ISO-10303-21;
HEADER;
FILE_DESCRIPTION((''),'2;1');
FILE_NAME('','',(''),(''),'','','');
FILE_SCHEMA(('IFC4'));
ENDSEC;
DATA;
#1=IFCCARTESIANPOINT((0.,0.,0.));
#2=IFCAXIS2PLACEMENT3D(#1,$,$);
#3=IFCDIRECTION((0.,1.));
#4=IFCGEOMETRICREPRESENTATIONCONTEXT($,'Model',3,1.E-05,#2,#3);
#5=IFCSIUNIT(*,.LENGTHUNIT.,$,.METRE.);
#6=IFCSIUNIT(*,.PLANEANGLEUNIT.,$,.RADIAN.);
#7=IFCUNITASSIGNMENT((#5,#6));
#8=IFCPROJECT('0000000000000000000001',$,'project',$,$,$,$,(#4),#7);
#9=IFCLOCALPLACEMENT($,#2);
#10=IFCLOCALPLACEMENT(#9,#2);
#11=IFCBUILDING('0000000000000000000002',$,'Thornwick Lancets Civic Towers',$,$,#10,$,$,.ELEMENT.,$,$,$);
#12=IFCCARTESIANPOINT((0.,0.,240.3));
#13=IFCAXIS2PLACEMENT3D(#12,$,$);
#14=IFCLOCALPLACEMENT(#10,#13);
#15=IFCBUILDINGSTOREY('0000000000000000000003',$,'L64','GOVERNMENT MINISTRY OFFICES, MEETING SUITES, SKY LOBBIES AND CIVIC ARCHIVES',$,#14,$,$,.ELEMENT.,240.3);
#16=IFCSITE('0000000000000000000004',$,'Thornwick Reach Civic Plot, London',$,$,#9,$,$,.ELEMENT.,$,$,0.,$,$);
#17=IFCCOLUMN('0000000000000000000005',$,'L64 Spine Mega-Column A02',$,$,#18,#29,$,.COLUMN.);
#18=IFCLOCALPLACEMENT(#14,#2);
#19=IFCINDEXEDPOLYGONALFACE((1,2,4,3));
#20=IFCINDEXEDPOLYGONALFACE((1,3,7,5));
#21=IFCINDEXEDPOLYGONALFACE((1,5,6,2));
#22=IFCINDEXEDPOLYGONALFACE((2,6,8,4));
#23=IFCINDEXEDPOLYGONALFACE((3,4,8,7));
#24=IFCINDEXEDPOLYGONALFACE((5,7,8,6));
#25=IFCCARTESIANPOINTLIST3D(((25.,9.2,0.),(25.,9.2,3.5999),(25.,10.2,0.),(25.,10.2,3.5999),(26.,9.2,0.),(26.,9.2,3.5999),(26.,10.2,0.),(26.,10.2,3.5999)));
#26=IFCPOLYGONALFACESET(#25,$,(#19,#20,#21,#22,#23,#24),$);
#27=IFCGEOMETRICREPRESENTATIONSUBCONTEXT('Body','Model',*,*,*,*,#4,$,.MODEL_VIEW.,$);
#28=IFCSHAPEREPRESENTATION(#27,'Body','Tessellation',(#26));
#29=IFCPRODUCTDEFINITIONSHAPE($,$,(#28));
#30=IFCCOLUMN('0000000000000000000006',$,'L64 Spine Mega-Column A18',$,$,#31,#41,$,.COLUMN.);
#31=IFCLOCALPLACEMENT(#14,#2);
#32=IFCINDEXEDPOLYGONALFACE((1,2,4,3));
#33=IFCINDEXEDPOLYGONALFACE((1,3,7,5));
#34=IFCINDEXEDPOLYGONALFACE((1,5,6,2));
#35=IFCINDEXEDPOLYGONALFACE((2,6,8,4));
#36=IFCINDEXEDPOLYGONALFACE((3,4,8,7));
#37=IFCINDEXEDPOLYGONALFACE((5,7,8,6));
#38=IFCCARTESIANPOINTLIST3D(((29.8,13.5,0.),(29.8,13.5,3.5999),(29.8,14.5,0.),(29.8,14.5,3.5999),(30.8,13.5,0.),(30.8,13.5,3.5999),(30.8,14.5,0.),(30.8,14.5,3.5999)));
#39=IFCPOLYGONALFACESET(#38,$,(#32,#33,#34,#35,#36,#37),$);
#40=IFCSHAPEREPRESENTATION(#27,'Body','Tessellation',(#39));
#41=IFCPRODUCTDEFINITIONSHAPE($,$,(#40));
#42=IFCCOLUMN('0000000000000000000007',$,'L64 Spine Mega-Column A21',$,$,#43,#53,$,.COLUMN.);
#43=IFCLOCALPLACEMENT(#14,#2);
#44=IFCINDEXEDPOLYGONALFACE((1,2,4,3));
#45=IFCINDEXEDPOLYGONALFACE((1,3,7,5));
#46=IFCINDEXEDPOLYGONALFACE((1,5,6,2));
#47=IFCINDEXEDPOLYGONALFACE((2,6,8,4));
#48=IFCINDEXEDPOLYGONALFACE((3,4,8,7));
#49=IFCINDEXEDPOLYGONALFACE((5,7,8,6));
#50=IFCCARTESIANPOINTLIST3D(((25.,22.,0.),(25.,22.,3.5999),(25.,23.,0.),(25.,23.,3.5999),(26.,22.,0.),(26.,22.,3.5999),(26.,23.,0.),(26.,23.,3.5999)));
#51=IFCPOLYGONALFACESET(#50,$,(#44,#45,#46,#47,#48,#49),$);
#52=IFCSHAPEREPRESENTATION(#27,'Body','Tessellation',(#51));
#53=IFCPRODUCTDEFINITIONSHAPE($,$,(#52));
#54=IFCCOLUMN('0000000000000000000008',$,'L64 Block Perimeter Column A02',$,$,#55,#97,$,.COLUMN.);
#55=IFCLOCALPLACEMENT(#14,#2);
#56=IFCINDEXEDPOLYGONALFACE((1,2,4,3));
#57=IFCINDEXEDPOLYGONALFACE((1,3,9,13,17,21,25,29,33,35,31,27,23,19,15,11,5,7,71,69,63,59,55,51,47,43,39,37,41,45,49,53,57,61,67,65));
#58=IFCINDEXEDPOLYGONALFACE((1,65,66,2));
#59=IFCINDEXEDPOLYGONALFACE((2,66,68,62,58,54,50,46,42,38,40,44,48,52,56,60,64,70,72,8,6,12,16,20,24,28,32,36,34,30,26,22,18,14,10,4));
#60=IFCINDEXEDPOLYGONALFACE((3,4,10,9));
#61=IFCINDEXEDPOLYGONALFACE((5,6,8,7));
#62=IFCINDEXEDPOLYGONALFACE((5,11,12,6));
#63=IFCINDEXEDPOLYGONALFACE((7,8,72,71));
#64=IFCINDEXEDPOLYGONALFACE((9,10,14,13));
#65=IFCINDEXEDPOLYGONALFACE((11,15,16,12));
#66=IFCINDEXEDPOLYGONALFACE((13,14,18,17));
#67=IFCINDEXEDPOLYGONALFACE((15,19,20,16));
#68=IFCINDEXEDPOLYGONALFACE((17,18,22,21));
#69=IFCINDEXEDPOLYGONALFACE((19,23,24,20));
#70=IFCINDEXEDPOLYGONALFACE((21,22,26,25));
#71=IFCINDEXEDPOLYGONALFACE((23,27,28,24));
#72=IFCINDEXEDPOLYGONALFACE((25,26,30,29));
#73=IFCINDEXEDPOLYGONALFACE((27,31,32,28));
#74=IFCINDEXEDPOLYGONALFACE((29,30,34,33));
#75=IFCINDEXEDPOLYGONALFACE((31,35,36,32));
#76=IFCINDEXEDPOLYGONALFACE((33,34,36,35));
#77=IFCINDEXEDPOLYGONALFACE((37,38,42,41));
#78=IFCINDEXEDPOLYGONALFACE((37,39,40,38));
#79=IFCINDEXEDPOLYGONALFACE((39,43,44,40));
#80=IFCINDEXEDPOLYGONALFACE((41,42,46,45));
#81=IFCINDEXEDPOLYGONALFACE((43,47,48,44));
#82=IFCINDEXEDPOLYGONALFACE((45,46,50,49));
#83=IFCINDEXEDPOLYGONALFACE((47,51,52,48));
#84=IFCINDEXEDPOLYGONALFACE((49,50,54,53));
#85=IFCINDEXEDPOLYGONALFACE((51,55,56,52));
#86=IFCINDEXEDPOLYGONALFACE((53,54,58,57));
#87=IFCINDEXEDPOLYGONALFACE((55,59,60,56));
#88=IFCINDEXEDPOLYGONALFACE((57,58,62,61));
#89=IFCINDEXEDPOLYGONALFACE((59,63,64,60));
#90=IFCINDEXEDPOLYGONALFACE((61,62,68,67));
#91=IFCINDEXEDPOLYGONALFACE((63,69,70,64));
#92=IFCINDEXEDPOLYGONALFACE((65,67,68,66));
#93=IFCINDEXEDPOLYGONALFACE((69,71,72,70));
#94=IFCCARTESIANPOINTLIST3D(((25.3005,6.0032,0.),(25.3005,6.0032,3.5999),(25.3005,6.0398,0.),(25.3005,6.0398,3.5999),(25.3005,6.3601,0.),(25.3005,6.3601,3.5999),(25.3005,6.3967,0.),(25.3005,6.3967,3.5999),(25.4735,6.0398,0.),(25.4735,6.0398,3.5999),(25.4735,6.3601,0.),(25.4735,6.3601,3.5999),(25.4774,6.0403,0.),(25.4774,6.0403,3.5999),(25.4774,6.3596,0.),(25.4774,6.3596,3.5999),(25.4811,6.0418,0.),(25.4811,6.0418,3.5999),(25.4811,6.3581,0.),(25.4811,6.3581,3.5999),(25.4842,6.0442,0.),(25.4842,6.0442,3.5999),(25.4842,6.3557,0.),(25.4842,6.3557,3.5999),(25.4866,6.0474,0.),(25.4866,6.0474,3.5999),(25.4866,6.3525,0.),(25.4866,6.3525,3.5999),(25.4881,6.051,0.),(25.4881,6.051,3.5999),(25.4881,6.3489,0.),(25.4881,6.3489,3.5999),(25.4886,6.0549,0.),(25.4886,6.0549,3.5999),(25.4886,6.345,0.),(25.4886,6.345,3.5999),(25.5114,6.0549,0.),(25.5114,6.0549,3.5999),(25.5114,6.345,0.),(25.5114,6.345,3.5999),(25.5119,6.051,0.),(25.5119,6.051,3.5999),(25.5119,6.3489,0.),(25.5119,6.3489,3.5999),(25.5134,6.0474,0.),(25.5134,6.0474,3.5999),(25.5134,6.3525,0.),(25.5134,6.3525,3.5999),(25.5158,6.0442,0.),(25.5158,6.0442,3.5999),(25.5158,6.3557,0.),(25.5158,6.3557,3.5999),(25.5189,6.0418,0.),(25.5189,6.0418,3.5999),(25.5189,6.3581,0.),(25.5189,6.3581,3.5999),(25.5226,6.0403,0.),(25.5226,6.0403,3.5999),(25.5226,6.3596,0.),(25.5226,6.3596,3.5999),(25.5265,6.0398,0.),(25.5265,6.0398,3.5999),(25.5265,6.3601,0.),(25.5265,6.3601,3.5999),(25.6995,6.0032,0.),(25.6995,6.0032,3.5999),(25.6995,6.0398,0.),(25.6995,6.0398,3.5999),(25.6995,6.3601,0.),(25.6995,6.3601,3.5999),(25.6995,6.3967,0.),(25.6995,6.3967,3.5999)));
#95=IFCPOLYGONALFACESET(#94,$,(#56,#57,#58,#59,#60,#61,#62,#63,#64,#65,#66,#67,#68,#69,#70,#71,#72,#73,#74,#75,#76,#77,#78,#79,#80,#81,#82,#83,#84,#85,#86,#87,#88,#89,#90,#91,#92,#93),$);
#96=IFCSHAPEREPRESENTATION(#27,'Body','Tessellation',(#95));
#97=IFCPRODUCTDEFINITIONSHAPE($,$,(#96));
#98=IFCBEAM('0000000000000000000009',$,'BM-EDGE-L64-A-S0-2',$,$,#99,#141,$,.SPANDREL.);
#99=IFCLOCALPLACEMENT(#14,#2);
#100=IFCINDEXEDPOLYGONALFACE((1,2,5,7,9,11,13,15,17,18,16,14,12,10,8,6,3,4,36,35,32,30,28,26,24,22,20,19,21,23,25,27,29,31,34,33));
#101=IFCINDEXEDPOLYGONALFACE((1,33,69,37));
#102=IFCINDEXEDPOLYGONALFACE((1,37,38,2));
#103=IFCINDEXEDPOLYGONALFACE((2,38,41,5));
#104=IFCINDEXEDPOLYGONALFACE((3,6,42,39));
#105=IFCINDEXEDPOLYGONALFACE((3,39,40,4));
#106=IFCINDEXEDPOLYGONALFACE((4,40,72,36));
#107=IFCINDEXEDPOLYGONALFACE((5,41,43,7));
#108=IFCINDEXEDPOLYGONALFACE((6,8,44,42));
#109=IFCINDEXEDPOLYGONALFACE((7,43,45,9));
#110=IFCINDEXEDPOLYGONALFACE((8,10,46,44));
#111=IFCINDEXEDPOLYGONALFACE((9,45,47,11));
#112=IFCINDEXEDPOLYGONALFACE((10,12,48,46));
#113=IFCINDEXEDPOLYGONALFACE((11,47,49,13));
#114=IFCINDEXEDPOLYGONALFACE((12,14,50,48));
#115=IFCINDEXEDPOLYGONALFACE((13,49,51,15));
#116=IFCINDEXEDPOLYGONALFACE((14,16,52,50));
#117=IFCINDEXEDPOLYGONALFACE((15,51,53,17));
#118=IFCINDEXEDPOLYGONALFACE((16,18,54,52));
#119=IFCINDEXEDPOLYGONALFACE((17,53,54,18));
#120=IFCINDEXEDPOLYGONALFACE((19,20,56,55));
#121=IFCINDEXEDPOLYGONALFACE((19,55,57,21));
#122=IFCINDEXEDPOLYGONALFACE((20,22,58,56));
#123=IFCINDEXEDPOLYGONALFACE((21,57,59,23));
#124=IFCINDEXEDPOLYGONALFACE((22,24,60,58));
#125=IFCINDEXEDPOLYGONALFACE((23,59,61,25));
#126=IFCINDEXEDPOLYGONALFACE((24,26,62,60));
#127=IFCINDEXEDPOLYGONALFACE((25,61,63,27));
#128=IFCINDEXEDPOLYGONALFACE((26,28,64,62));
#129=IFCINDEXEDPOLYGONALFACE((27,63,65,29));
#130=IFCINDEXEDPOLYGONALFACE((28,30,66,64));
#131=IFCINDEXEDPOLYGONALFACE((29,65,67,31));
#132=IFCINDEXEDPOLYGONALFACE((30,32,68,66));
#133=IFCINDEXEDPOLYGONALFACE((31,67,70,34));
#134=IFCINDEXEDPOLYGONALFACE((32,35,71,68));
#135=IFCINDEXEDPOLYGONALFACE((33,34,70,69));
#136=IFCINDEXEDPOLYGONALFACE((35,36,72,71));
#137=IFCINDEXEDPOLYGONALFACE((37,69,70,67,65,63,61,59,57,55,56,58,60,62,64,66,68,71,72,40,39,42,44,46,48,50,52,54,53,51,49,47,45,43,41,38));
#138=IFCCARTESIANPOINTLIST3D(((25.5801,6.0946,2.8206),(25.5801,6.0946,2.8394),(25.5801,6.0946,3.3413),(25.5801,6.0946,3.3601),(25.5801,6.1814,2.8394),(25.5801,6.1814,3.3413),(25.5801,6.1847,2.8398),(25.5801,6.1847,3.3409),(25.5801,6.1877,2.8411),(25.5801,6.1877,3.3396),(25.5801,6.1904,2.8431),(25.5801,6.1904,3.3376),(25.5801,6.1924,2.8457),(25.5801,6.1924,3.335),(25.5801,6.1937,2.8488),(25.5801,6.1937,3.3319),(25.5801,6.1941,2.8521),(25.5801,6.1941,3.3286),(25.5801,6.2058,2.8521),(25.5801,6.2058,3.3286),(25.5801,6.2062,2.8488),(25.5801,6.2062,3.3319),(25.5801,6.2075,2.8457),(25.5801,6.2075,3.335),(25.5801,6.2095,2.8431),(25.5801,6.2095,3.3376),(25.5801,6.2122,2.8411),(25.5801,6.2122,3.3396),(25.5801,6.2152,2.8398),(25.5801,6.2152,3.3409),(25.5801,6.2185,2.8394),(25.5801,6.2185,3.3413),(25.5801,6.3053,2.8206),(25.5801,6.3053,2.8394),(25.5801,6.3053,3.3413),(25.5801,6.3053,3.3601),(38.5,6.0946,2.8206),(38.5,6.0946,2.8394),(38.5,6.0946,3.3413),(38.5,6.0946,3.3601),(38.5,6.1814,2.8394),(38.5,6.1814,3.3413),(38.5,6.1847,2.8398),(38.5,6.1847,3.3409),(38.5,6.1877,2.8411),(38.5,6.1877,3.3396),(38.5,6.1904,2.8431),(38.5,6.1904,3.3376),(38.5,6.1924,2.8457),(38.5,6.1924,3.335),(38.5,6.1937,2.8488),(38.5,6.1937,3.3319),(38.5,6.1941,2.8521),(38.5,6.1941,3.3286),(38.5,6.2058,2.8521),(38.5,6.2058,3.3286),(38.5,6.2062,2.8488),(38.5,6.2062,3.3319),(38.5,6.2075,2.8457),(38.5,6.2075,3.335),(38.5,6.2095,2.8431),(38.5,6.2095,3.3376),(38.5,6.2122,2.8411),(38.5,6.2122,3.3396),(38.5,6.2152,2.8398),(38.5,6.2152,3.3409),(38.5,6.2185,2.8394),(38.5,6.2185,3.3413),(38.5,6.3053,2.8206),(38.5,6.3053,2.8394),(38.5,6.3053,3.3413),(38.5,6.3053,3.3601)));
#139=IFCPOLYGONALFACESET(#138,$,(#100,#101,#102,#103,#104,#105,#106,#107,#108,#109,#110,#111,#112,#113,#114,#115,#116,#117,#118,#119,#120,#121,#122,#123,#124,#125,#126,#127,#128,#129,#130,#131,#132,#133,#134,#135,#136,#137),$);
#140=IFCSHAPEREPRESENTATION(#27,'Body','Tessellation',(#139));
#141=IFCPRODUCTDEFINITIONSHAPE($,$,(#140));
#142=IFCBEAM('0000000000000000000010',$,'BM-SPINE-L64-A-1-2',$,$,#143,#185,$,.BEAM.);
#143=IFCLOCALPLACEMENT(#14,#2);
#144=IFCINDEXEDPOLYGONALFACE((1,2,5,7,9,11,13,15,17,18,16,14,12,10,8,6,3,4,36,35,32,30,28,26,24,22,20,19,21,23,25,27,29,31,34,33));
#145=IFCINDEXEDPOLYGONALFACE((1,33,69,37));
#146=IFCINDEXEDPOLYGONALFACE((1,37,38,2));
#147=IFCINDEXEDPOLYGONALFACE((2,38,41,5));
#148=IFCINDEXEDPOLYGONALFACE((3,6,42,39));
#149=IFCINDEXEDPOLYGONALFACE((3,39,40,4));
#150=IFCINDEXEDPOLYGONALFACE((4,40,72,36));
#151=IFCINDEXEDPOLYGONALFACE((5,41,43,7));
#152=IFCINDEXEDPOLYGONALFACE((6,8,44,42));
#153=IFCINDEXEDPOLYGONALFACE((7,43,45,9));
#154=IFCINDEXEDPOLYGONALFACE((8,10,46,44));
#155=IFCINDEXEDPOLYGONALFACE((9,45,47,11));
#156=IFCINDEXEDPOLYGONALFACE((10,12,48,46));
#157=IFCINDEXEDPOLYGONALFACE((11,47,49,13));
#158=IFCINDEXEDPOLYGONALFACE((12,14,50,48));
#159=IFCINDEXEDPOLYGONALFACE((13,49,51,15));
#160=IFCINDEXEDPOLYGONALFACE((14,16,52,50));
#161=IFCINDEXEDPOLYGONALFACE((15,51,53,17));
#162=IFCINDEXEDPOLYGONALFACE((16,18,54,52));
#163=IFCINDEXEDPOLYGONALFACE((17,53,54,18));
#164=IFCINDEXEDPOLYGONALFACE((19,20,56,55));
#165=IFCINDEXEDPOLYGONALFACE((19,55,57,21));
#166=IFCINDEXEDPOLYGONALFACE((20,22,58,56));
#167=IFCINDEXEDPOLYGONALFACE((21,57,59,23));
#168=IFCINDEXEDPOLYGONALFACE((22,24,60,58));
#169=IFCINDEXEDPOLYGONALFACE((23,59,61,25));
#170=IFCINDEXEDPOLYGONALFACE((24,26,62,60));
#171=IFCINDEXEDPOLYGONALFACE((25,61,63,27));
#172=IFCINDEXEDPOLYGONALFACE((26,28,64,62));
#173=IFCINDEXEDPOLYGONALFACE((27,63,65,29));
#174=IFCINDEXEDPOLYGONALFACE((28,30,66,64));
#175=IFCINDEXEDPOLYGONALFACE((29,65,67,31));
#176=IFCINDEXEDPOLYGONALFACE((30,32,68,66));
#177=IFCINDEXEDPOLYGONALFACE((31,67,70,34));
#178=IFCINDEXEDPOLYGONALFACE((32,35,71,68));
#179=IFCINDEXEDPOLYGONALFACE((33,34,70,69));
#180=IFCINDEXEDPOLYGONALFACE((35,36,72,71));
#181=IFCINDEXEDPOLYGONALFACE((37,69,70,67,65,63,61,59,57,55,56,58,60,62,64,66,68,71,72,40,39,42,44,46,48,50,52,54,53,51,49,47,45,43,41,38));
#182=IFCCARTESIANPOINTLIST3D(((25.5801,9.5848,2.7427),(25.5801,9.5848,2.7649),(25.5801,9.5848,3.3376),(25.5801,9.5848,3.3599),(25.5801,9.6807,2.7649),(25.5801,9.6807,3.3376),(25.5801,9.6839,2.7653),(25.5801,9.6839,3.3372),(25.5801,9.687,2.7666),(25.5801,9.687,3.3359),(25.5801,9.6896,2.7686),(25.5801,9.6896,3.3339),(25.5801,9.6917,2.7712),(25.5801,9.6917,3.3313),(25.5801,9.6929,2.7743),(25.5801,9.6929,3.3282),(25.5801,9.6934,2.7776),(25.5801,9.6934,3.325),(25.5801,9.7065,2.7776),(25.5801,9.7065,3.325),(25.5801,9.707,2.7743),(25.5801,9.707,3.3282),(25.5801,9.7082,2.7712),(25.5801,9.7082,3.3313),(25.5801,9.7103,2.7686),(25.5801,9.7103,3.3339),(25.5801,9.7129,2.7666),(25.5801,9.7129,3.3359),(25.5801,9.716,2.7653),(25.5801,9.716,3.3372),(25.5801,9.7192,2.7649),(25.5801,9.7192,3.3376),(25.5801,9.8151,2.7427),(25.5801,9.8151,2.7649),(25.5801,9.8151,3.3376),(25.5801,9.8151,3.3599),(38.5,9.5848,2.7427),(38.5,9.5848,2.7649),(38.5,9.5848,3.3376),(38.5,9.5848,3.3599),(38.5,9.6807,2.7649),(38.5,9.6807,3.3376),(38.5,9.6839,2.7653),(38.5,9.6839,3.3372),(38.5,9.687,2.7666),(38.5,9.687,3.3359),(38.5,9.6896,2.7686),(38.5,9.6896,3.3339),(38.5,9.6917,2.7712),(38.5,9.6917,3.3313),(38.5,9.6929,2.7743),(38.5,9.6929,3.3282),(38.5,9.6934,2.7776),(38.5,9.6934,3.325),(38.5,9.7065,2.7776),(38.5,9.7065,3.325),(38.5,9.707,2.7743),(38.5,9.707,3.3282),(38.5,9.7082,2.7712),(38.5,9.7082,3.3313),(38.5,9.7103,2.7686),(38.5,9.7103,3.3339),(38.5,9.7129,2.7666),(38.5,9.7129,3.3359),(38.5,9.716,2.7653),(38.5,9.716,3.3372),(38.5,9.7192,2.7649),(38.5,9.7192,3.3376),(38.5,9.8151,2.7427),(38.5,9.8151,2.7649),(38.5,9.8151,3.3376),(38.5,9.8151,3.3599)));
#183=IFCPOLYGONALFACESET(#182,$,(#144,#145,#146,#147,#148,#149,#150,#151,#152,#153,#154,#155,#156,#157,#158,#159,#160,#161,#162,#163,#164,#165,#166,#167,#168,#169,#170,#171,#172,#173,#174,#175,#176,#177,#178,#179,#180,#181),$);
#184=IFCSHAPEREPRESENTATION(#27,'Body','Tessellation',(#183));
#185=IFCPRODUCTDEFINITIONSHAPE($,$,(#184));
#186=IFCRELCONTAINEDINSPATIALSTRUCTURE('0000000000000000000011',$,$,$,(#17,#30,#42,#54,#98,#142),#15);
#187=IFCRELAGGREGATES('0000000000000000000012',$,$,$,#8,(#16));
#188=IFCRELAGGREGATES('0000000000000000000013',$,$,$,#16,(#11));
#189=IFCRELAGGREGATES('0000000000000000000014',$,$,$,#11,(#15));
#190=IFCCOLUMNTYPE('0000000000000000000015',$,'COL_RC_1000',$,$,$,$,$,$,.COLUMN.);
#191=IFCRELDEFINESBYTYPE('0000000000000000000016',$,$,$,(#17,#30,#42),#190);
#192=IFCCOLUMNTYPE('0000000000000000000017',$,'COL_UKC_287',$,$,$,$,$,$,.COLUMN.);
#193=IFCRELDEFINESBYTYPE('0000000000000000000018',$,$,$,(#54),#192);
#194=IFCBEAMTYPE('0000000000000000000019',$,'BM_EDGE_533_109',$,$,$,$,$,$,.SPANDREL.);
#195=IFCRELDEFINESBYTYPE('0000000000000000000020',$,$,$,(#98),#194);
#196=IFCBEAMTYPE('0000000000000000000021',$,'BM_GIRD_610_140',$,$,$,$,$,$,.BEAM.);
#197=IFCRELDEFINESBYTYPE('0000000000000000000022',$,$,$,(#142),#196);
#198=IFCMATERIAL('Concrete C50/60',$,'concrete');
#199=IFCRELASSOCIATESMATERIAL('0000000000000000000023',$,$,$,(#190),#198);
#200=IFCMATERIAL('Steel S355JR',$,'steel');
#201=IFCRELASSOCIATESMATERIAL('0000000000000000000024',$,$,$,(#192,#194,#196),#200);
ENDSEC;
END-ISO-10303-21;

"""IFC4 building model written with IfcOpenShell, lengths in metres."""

from ifc_helpers import new_model, si_unit, direction, frame, origin, origin_2d, place, context, subcontext, project, spatial, rectangle, i_section, extrude, material, material_profile, profile_set, type_object, element, save


model = new_model("IFC4")

# Units and contexts
model_context = context("Model", 3, precision=1e-05, world=origin(), true_north=direction((0.0, 1.0)))
body_context = subcontext(model_context, "Body", "Model", "MODEL_VIEW")
ifc_project = project(units=[si_unit("LENGTHUNIT", "METRE"), si_unit("PLANEANGLEUNIT", "RADIAN")], contexts=[model_context])

# Site, building, storey
site_placement = place(None, origin())
site = spatial("IfcSite", under=ifc_project, at=site_placement, Name="Thornwick Reach Civic Plot, London", CompositionType="ELEMENT", RefElevation=0.0)
building_placement = place(site_placement, origin())
building = spatial("IfcBuilding", under=site, at=building_placement, Name="Thornwick Lancets Civic Towers", CompositionType="ELEMENT")
storey_placement = place(building_placement, frame((0.0, 0.0, 240.3)))
storey = spatial("IfcBuildingStorey", under=building, at=storey_placement, Name="L64", Description="GOVERNMENT MINISTRY OFFICES, MEETING SUITES, SKY LOBBIES AND CIVIC ARCHIVES", CompositionType="ELEMENT", Elevation=240.3)

# Columns
ifc_material_1 = material(Name="Concrete C50/60", Category="concrete")
ifc_material_profile_1 = material_profile(ifc_material_1, rectangle(XDim=1.0, YDim=1.0, at=origin_2d()), Name="RC 1000x1000")
ifc_profile_set_1 = profile_set([ifc_material_profile_1], Name="Concrete C50/60")
column_type_1 = type_object("IfcColumnType", Name="COL_RC_1000", PredefinedType="COLUMN", material=ifc_profile_set_1)
for number, where, z_axis, x_axis, name in (
    (1, (25.5, 9.7, 0.0), (0.0, 0.0, 1.0), (1.0, 0.0, 0.0), "L64 Spine Mega-Column A02"),
    (2, (30.3, 14.0, 0.0), (0.0, 0.0, 1.0), (1.0, 0.0, 0.0), "L64 Spine Mega-Column A18"),
    (3, (25.5, 22.5, 0.0), (0.0, 0.0, 1.0), (1.0, 0.0, 0.0), "L64 Spine Mega-Column A21"),
):
    element("IfcColumn", number, at=place(storey_placement, frame(where, z_axis=z_axis, x_axis=x_axis)), inside=storey, type_object=column_type_1, Name=name, PredefinedType="COLUMN", context=body_context, shape_type="SweptSolid", body=[
        extrude(rectangle(XDim=1.0, YDim=1.0, at=origin_2d()), origin(), (0.0, 0.0, 1.0), 3.5999),
    ])
ifc_material_2 = material(Name="Steel S355JR", Category="steel")
ifc_material_profile_2 = material_profile(ifc_material_2, i_section(OverallWidth=0.3989, OverallDepth=0.3936, WebThickness=0.0227, FlangeThickness=0.0366, FilletRadius=0.0151, at=origin_2d()), Name="UKC 356x406x287")
ifc_profile_set_2 = profile_set([ifc_material_profile_2], Name="Steel S355JR")
column_type_2 = type_object("IfcColumnType", Name="COL_UKC_287", PredefinedType="COLUMN", material=ifc_profile_set_2)
column_placement = place(storey_placement, frame((25.5, 6.2, 0.0), z_axis=(0.0, 0.0, 1.0), x_axis=(1.0, 0.0, 0.0)))
element("IfcColumn", 4, at=column_placement, inside=storey, type_object=column_type_2, Name="L64 Block Perimeter Column A02", PredefinedType="COLUMN", context=body_context, shape_type="SweptSolid", body=[
    extrude(i_section(OverallWidth=0.3989, OverallDepth=0.3936, WebThickness=0.0227, FlangeThickness=0.0366, FilletRadius=0.0151, at=origin_2d()), origin(), (0.0, 0.0, 1.0), 3.5999),
])

# Beams
ifc_material_profile_3 = material_profile(ifc_material_2, i_section(OverallWidth=0.2107, OverallDepth=0.5396, WebThickness=0.0117, FlangeThickness=0.0188, FilletRadius=0.0127, at=origin_2d()), Name="UKB 533x210x109")
ifc_profile_set_3 = profile_set([ifc_material_profile_3], Name="Steel S355JR")
beam_type_1 = type_object("IfcBeamType", Name="BM_EDGE_533_109", PredefinedType="SPANDREL", material=ifc_profile_set_3)
beam_1_placement = place(storey_placement, frame((25.5801, 6.2, 3.0903), z_axis=(1.0, 0.0, 0.0), x_axis=(0.0, 1.0, 0.0)))
element("IfcBeam", 5, at=beam_1_placement, inside=storey, type_object=beam_type_1, Name="BM-EDGE-L64-A-S0-2", PredefinedType="SPANDREL", context=body_context, shape_type="SweptSolid", body=[
    extrude(i_section(OverallWidth=0.2107, OverallDepth=0.5396, WebThickness=0.0117, FlangeThickness=0.0188, FilletRadius=0.0127, at=origin_2d()), origin(), (0.0, 0.0, 1.0), 12.9199),
])
ifc_material_profile_4 = material_profile(ifc_material_2, i_section(OverallWidth=0.2302, OverallDepth=0.6172, WebThickness=0.0132, FlangeThickness=0.0222, FilletRadius=0.0127, at=origin_2d()), Name="UKB 610x229x140")
ifc_profile_set_4 = profile_set([ifc_material_profile_4], Name="Steel S355JR")
beam_type_2 = type_object("IfcBeamType", Name="BM_GIRD_610_140", PredefinedType="BEAM", material=ifc_profile_set_4)
beam_2_placement = place(storey_placement, frame((25.5801, 9.7, 3.0513), z_axis=(1.0, 0.0, 0.0), x_axis=(0.0, 1.0, 0.0)))
element("IfcBeam", 6, at=beam_2_placement, inside=storey, type_object=beam_type_2, Name="BM-SPINE-L64-A-1-2", PredefinedType="BEAM", context=body_context, shape_type="SweptSolid", body=[
    extrude(i_section(OverallWidth=0.2302, OverallDepth=0.6172, WebThickness=0.0132, FlangeThickness=0.0222, FilletRadius=0.0127, at=origin_2d()), origin(), (0.0, 0.0, 1.0), 12.9199),
])

save(model, "model.ifc")
